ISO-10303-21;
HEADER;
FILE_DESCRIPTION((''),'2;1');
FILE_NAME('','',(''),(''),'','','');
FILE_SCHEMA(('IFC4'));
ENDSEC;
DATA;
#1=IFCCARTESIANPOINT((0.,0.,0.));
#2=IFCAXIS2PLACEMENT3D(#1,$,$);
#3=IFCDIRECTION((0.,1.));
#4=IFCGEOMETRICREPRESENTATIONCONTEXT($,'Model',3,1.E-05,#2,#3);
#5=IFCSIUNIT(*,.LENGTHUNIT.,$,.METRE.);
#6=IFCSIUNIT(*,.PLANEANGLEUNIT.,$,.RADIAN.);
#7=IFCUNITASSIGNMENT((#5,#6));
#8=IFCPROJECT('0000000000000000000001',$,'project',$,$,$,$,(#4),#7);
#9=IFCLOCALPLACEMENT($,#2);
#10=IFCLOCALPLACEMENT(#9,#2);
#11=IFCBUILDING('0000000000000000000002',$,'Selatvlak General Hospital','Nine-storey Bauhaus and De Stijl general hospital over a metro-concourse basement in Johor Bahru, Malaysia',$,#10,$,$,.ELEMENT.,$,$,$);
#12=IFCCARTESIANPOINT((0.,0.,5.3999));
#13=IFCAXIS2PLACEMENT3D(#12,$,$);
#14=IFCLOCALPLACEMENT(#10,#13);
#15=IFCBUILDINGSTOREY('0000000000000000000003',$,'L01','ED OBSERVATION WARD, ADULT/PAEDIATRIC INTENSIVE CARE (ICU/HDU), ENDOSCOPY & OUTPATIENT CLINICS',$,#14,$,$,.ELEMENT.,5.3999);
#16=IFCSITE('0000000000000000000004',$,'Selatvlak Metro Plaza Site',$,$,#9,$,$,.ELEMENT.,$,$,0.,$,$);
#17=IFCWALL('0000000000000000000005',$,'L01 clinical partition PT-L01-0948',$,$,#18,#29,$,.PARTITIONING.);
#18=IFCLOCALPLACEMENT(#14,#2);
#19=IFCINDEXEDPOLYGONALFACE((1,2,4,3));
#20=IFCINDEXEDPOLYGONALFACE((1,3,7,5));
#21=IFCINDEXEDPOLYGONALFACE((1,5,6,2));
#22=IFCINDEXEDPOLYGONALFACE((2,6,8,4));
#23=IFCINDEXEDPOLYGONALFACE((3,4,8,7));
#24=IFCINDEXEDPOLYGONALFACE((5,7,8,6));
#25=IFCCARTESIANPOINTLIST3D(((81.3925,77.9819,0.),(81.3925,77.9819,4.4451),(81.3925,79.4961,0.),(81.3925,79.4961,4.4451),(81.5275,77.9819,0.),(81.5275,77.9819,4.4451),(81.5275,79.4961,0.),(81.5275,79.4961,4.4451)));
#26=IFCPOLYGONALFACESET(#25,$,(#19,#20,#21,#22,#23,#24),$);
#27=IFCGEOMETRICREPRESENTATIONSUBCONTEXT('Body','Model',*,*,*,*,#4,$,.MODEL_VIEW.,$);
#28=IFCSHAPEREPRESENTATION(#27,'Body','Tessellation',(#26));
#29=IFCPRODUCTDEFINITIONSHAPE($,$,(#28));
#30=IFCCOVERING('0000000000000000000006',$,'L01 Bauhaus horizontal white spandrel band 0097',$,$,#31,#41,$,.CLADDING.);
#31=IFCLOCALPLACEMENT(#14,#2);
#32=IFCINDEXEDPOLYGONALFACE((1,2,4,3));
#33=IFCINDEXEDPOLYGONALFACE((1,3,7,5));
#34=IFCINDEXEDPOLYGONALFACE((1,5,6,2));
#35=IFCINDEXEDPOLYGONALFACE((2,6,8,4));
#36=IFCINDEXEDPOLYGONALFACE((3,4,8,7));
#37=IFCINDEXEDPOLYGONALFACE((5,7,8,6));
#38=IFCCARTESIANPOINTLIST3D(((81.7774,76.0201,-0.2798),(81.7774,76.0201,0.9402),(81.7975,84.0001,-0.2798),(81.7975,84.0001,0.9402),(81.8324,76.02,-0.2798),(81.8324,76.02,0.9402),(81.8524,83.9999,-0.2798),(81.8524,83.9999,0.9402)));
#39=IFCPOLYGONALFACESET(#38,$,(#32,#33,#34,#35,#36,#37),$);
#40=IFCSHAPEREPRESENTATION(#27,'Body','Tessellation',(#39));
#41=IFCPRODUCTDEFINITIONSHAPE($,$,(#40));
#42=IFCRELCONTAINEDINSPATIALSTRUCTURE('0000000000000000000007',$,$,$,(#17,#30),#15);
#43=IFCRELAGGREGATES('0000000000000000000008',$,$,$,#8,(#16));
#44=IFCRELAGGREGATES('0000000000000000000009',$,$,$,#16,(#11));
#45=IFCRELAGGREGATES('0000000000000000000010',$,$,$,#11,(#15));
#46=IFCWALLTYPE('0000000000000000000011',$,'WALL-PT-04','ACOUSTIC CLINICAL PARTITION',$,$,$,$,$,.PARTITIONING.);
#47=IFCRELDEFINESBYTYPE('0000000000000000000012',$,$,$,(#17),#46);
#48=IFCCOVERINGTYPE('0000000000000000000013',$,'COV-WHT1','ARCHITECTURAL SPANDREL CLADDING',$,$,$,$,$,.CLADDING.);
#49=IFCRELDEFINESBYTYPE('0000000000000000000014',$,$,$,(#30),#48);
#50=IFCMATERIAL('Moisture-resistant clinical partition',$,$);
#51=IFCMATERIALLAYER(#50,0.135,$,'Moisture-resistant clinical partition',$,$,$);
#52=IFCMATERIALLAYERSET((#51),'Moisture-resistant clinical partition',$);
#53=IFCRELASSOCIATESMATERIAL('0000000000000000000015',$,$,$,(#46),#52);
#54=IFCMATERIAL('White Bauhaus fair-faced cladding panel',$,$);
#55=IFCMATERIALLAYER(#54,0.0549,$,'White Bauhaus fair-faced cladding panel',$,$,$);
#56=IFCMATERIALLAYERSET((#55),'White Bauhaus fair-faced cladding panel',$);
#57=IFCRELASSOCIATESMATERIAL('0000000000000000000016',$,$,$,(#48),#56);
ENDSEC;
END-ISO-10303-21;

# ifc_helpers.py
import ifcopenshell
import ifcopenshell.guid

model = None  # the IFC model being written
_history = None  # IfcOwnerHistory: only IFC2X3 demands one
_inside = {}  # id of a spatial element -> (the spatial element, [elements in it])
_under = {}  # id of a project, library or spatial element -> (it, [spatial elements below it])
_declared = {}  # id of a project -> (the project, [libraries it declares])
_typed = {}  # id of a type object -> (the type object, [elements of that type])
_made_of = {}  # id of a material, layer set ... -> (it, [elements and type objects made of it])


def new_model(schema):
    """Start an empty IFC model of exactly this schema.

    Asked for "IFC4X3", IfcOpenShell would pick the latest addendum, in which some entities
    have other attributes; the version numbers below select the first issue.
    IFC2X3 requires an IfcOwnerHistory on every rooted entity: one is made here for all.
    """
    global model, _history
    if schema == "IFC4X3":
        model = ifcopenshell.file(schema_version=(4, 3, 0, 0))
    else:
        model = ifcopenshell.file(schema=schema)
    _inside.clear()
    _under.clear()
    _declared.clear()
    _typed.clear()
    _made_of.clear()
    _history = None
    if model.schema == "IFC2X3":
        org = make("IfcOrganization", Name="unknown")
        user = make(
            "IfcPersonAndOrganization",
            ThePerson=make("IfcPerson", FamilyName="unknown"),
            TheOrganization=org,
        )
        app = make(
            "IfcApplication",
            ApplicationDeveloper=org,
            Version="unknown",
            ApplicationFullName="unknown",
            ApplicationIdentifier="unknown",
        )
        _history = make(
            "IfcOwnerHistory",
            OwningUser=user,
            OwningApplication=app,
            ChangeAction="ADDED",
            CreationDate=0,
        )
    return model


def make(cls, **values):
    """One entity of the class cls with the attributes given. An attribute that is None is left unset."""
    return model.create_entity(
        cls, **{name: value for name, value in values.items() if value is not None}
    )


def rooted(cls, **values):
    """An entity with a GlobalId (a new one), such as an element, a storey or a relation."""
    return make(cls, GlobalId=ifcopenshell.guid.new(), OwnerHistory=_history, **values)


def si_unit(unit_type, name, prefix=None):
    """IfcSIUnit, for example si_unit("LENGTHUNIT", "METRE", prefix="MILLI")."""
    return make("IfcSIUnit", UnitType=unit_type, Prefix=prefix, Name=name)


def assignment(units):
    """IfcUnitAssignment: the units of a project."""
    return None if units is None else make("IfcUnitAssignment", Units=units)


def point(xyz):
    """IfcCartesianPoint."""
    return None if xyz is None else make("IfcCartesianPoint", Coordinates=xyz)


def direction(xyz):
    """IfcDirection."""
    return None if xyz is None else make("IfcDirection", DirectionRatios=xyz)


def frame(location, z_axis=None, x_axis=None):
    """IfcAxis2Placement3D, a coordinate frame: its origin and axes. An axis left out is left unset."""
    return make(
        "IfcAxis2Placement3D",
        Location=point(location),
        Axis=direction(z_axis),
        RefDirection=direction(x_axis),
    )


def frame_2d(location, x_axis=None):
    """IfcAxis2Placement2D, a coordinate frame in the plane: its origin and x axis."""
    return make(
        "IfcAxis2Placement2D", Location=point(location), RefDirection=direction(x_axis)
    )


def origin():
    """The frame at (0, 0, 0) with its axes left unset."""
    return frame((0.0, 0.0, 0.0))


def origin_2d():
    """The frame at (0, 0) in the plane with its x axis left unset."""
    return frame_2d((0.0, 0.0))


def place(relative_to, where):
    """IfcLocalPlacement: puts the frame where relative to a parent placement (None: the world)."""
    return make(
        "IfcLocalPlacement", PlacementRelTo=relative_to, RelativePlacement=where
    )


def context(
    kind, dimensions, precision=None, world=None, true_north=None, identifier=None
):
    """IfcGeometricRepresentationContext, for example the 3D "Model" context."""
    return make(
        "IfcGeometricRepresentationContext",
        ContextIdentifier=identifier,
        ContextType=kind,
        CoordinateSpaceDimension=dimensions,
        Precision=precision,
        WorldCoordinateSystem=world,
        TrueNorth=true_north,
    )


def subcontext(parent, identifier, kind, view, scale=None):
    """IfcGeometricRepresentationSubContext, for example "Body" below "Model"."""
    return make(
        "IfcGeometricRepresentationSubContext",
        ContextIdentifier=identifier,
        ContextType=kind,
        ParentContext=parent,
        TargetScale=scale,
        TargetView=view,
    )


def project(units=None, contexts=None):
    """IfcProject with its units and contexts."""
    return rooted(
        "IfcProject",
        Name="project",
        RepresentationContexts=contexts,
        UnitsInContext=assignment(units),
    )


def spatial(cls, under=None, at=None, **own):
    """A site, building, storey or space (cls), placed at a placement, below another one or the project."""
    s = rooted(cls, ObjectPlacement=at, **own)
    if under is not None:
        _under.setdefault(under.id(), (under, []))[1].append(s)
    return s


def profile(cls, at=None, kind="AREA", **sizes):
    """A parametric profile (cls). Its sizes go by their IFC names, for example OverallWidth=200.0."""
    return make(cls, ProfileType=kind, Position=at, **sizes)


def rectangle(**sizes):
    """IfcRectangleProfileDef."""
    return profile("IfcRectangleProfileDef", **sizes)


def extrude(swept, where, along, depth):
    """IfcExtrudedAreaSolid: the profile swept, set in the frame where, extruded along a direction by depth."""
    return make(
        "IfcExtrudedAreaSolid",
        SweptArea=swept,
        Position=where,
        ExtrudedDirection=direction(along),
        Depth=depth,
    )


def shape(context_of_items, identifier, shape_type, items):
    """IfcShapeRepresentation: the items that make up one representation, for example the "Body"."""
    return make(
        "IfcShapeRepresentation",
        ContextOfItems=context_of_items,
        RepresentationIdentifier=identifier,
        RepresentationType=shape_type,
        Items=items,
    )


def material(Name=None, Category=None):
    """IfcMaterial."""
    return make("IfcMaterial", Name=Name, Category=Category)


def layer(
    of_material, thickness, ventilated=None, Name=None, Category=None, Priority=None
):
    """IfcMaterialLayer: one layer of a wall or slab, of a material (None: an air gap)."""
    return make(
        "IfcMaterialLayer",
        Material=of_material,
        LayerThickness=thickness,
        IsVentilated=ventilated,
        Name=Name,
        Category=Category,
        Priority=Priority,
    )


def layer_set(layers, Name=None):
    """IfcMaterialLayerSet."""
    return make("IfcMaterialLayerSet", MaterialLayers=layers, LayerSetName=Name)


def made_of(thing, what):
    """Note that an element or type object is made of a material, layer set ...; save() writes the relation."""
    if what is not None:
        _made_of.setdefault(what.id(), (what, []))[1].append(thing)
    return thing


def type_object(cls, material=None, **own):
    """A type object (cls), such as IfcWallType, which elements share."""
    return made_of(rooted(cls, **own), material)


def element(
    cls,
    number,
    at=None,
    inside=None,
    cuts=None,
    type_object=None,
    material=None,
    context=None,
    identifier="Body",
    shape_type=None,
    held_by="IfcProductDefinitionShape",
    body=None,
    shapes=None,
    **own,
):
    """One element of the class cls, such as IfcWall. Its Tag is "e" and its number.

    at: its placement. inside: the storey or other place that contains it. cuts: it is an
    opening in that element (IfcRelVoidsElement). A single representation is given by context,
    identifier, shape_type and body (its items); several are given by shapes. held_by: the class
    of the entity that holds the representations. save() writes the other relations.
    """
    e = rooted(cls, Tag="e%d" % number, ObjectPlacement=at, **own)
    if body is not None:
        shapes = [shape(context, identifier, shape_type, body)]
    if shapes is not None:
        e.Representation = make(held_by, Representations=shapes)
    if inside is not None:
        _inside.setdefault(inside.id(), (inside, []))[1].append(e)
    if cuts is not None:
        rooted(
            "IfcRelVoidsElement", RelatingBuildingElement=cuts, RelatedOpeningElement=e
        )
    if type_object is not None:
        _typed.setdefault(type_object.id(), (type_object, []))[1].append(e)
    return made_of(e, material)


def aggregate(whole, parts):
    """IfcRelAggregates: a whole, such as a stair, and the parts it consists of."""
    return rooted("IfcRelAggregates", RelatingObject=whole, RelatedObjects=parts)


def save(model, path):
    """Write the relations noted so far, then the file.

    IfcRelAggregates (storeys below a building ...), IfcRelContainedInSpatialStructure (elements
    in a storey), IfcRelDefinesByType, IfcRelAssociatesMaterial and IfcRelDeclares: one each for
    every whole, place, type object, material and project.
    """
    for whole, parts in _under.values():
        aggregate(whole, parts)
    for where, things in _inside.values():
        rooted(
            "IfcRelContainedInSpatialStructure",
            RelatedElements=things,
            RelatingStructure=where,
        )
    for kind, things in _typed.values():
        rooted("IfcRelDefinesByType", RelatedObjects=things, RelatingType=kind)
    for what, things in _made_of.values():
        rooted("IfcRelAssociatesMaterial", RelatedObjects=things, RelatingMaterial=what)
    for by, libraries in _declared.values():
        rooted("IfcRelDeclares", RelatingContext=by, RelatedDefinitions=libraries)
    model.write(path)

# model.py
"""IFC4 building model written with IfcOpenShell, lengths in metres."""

from ifc_helpers import new_model, si_unit, direction, frame, frame_2d, origin, origin_2d, place, context, subcontext, project, spatial, rectangle, extrude, material, layer, layer_set, type_object, element, save


model = new_model("IFC4")

# Units and contexts
model_context = context("Model", 3, precision=1e-05, world=origin(), true_north=direction((0.0, 1.0)))
body_context = subcontext(model_context, "Body", "Model", "MODEL_VIEW")
ifc_project = project(units=[si_unit("LENGTHUNIT", "METRE"), si_unit("PLANEANGLEUNIT", "RADIAN")], contexts=[model_context])

# Site, building, storey
site_placement = place(None, origin())
site = spatial("IfcSite", under=ifc_project, at=site_placement, Name="Selatvlak Metro Plaza Site", CompositionType="ELEMENT", RefElevation=0.0)
building_placement = place(site_placement, origin())
building = spatial("IfcBuilding", under=site, at=building_placement, Name="Selatvlak General Hospital", Description="Nine-storey Bauhaus and De Stijl general hospital over a metro-concourse basement in Johor Bahru, Malaysia", CompositionType="ELEMENT")
storey_placement = place(building_placement, frame((0.0, 0.0, 5.3999)))
storey = spatial("IfcBuildingStorey", under=building, at=storey_placement, Name="L01", Description="ED OBSERVATION WARD, ADULT/PAEDIATRIC INTENSIVE CARE (ICU/HDU), ENDOSCOPY & OUTPATIENT CLINICS", CompositionType="ELEMENT", Elevation=5.3999)

# Wall
ifc_material_1 = material(Name="Moisture-resistant clinical partition")
ifc_layer_1 = layer(ifc_material_1, 0.135, Name="Moisture-resistant clinical partition")
ifc_layer_set_1 = layer_set([ifc_layer_1], Name="Moisture-resistant clinical partition")
wall_type_1 = type_object("IfcWallType", Name="WALL-PT-04", Description="ACOUSTIC CLINICAL PARTITION", PredefinedType="PARTITIONING", material=ifc_layer_set_1)
wall_1_placement = place(storey_placement, frame((81.46, 79.4961, 0.0), z_axis=(0.0, 0.0, 1.0), x_axis=(0.0, -1.0, 0.0)))
element("IfcWall", 1, at=wall_1_placement, inside=storey, type_object=wall_type_1, Name="L01 clinical partition PT-L01-0948", PredefinedType="PARTITIONING", context=body_context, shape_type="SweptSolid", body=[
    extrude(rectangle(XDim=1.5142, YDim=0.135, at=frame_2d((0.7571, 0.0))), origin(), (0.0, 0.0, 1.0), 4.4451),
])

# Covering
ifc_material_2 = material(Name="White Bauhaus fair-faced cladding panel")
ifc_layer_2 = layer(ifc_material_2, 0.0549, Name="White Bauhaus fair-faced cladding panel")
ifc_layer_set_2 = layer_set([ifc_layer_2], Name="White Bauhaus fair-faced cladding panel")
covering_type = type_object("IfcCoveringType", Name="COV-WHT1", Description="ARCHITECTURAL SPANDREL CLADDING", PredefinedType="CLADDING", material=ifc_layer_set_2)
covering_placement = place(storey_placement, frame((81.8149, 80.01, -0.2798), z_axis=(0.0, 0.0, 1.0), x_axis=(-0.002513, -0.999997, 0.0)))
element("IfcCovering", 2, at=covering_placement, inside=storey, type_object=covering_type, Name="L01 Bauhaus horizontal white spandrel band 0097", PredefinedType="CLADDING", context=body_context, shape_type="SweptSolid", body=[
    extrude(rectangle(XDim=7.98, YDim=0.0549, at=origin_2d()), origin(), (0.0, 0.0, 1.0), 1.22),
])

save(model, "model.ifc")
